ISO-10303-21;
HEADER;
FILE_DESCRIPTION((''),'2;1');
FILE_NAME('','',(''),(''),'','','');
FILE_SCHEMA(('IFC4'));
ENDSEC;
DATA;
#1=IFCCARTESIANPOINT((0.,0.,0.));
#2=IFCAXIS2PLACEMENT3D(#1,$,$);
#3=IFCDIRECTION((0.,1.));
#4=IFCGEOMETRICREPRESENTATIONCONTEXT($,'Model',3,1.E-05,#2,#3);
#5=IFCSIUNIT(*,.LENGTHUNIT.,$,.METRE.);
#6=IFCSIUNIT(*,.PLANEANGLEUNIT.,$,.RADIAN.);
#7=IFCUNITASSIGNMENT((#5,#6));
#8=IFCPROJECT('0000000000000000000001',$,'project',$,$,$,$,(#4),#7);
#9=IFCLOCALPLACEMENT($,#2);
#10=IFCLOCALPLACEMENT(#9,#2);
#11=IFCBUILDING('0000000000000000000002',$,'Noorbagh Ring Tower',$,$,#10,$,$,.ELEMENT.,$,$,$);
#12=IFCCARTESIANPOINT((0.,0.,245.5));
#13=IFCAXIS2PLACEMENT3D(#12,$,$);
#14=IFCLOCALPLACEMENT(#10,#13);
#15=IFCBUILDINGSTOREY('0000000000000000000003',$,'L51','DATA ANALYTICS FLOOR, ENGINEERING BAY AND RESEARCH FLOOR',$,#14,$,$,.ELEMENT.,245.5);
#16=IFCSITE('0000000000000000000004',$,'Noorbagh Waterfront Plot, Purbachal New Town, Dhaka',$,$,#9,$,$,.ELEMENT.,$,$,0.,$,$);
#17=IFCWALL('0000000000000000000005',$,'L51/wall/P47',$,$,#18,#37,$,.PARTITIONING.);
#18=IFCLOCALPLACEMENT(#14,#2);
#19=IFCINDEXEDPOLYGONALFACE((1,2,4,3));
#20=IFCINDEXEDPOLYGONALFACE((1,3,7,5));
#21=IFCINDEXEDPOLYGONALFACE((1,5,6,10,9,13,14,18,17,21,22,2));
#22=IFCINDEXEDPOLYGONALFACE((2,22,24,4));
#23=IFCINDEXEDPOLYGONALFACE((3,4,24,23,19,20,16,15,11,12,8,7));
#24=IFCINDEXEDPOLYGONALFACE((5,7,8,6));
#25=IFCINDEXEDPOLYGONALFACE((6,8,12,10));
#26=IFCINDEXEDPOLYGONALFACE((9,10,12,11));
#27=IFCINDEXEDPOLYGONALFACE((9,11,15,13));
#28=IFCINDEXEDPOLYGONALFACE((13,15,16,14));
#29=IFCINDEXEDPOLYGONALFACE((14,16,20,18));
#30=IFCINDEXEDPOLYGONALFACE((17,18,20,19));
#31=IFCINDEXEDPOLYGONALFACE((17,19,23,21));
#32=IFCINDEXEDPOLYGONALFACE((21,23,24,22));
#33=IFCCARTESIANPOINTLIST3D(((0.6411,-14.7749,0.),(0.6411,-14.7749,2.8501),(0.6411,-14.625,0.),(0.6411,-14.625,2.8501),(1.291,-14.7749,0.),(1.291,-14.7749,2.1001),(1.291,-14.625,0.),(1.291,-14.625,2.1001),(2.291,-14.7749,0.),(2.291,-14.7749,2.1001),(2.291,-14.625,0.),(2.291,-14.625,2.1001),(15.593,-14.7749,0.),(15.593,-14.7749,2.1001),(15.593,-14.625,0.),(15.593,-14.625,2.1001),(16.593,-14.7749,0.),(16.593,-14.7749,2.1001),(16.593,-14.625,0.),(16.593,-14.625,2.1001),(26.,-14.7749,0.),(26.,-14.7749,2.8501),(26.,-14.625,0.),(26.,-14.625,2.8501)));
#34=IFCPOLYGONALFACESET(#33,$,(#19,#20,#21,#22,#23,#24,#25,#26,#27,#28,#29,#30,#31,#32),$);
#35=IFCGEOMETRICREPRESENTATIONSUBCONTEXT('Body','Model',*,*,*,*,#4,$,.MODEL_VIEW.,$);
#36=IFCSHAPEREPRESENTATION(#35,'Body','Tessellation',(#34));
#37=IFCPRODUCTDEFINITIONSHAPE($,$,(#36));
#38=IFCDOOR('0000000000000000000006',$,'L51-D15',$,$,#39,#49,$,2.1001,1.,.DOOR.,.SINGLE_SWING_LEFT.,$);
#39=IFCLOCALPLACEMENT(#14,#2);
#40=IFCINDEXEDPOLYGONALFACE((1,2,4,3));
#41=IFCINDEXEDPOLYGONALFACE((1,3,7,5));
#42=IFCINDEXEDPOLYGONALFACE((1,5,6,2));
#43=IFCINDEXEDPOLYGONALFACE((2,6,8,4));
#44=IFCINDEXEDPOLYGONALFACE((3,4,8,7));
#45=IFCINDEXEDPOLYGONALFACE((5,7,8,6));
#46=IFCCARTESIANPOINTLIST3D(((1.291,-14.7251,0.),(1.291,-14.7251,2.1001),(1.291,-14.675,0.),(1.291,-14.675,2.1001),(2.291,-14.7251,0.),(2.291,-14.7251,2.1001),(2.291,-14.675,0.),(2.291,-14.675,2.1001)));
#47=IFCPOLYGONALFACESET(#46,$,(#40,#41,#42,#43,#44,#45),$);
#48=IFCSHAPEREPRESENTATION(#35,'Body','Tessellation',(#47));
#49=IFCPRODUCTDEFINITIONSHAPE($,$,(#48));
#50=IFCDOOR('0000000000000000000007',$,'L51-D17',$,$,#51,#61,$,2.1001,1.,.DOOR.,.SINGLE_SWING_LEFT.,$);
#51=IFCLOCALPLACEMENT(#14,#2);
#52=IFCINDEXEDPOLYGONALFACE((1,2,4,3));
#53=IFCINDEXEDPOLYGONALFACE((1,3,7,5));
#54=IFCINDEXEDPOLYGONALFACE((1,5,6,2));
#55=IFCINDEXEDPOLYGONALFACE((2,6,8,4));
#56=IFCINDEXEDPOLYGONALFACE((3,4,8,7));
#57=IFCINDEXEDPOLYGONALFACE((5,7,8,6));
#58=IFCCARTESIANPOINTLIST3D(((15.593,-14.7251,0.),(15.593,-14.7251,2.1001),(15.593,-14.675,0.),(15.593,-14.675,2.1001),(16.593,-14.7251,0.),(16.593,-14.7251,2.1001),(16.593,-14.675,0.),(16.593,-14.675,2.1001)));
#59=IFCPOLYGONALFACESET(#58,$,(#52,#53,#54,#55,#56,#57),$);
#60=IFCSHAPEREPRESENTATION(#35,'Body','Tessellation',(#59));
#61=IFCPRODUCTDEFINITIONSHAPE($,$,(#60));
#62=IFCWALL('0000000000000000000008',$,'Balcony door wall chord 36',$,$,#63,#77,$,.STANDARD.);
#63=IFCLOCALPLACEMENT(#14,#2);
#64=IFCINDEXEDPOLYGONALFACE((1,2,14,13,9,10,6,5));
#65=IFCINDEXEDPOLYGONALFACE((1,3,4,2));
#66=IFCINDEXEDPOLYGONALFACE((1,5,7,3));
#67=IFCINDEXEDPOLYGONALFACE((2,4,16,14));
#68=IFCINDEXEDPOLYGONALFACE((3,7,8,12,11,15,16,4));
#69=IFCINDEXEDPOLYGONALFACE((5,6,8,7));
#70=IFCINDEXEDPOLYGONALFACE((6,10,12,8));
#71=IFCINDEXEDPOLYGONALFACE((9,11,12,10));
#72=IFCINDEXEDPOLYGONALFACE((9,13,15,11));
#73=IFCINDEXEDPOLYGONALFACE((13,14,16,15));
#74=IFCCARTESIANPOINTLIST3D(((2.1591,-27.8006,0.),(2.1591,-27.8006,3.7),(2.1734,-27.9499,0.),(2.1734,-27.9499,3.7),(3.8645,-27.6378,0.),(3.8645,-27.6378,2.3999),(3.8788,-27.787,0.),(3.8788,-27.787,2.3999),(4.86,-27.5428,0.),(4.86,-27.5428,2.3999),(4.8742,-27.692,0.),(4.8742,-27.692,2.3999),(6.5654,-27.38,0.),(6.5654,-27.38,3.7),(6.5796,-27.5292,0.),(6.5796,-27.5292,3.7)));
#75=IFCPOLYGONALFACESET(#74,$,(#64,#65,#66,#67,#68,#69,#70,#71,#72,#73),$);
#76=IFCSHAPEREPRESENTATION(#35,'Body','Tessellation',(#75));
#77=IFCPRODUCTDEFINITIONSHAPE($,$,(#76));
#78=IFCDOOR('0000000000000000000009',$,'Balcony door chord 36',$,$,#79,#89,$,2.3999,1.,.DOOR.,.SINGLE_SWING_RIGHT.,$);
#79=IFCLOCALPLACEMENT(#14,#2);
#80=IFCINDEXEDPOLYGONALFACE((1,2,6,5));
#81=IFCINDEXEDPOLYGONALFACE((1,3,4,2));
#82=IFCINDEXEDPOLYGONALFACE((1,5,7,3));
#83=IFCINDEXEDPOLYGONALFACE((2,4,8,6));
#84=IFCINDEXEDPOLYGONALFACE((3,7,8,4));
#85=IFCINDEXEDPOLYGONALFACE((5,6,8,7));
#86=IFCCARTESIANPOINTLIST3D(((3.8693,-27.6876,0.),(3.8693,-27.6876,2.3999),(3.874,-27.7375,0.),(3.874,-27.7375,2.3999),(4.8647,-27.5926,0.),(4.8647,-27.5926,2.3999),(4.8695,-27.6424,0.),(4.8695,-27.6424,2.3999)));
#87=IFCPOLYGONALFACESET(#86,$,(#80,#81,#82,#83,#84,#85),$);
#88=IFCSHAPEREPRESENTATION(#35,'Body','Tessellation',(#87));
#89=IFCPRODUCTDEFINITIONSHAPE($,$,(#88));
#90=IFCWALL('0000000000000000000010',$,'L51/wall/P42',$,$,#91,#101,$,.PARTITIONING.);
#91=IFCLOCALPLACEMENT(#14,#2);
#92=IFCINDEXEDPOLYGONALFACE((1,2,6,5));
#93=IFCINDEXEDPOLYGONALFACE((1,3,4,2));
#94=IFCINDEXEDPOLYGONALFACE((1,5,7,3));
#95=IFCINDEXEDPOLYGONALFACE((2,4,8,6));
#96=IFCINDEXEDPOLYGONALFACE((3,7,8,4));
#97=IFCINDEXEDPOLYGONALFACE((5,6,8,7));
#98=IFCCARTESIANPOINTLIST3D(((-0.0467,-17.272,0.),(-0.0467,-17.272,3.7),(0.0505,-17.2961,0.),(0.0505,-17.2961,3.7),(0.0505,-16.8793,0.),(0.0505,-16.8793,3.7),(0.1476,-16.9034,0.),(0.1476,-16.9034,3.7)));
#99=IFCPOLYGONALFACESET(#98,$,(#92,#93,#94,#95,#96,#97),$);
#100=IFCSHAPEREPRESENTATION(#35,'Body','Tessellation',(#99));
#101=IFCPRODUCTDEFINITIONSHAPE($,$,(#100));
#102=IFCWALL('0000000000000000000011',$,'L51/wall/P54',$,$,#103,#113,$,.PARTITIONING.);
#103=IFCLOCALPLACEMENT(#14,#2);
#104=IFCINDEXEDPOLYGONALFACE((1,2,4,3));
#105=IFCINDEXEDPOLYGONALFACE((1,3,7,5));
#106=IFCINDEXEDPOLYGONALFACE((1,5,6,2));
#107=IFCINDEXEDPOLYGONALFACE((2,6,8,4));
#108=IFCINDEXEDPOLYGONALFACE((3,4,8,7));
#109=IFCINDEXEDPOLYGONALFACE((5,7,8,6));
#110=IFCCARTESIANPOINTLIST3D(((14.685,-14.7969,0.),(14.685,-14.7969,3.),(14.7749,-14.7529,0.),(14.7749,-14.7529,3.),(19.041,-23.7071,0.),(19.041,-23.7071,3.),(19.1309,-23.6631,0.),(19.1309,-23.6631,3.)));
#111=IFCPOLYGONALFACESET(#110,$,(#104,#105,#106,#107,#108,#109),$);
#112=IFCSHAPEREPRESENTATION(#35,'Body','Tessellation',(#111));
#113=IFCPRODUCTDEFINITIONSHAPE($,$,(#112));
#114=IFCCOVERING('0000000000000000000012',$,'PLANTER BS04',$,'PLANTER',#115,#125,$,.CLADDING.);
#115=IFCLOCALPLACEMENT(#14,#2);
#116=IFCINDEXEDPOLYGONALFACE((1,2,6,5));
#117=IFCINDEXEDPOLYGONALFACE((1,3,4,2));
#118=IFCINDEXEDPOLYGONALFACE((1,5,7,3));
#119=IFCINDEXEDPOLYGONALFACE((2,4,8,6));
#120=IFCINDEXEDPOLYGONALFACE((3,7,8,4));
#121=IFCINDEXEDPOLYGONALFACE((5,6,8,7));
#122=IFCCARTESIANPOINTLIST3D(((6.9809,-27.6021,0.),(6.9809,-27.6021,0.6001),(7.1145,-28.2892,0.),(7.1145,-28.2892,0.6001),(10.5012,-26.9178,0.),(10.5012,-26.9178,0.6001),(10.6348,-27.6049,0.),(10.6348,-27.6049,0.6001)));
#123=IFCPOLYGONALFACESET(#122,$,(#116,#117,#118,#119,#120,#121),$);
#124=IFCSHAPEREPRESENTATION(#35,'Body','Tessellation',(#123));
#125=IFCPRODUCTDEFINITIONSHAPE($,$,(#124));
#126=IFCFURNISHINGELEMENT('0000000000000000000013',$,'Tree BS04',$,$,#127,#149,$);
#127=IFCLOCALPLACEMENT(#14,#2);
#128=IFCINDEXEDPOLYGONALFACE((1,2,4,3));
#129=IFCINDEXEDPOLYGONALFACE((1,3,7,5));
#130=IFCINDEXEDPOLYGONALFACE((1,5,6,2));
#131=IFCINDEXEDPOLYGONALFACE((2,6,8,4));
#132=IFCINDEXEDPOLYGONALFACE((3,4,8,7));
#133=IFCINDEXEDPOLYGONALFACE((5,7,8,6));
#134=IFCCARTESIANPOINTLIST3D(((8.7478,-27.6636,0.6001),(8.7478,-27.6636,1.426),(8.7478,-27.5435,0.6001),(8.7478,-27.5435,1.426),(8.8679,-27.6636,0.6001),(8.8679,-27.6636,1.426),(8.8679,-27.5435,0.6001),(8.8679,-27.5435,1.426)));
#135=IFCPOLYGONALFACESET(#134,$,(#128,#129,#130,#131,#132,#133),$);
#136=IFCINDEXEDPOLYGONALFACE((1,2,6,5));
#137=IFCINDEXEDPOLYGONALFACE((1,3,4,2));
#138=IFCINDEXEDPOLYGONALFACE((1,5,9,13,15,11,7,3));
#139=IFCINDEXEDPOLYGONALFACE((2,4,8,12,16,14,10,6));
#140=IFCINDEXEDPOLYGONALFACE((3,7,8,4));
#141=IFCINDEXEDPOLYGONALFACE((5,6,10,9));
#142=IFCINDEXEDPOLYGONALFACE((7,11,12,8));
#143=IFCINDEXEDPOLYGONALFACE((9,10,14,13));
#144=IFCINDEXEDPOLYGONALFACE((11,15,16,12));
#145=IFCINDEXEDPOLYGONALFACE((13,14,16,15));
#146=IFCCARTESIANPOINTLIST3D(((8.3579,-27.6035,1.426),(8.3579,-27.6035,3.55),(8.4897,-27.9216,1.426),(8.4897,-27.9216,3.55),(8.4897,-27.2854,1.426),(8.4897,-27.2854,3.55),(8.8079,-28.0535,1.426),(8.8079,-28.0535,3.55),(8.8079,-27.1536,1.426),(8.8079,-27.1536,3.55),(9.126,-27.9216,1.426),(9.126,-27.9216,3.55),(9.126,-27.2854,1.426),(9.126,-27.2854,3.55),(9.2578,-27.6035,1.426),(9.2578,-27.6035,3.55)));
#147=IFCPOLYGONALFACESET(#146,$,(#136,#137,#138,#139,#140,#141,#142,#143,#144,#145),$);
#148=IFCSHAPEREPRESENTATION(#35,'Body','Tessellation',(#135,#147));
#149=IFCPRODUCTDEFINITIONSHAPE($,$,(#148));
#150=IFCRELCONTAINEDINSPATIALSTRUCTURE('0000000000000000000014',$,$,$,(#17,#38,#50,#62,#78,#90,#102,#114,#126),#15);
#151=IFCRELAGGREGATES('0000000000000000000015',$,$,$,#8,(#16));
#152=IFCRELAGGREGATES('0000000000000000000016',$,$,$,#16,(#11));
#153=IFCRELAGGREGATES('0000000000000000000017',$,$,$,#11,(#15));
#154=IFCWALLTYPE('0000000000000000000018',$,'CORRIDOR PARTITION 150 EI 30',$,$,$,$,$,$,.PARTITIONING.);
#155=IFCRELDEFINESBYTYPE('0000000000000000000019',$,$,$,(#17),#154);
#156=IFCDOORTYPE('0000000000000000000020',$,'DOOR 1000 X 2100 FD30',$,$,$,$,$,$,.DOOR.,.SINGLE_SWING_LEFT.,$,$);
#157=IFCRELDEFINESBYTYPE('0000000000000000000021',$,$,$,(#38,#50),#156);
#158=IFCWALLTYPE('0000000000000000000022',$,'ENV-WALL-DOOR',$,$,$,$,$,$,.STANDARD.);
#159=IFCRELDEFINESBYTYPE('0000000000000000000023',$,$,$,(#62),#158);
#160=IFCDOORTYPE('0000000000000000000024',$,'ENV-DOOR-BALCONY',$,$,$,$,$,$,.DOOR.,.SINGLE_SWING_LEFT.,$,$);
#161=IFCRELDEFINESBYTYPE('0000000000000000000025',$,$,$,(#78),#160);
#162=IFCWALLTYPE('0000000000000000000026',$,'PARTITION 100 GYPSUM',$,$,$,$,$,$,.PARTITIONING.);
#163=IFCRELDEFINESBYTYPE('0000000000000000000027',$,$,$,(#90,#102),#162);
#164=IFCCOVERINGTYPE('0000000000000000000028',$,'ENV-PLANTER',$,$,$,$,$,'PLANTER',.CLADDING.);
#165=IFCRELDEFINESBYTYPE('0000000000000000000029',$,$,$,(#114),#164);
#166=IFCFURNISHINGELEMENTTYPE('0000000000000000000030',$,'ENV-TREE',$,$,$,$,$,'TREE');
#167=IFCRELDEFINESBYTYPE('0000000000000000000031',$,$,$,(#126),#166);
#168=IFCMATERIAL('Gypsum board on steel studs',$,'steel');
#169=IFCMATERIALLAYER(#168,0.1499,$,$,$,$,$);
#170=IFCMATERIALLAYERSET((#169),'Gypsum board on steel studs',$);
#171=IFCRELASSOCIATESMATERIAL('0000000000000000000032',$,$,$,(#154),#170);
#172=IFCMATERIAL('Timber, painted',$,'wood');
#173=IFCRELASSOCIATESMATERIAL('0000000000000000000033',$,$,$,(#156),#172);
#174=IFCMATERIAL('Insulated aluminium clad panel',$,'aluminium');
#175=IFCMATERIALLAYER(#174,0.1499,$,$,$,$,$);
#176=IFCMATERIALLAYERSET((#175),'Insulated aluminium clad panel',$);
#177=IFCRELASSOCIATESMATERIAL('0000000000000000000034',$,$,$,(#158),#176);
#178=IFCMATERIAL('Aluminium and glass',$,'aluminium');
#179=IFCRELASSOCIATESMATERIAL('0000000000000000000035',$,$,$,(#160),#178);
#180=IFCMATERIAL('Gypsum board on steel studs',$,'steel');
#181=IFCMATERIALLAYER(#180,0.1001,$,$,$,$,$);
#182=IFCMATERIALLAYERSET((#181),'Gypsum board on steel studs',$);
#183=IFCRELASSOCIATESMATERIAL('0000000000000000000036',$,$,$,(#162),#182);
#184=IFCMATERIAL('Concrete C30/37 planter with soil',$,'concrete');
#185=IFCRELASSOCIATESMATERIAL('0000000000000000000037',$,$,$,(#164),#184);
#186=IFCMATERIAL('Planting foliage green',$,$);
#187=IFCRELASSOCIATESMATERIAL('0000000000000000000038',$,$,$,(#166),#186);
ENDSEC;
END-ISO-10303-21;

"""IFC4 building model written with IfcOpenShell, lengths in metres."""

from ifc_helpers import new_model, si_unit, direction, frame, frame_2d, origin, origin_2d, place, context, subcontext, project, spatial, polyline, rectangle, outline, extrude, material, layer, layer_set, type_object, element, fill, save


model = new_model("IFC4")

# Units and contexts
model_context = context("Model", 3, precision=1e-05, world=origin(), true_north=direction((0.0, 1.0)))
body_context = subcontext(model_context, "Body", "Model", "MODEL_VIEW")
ifc_project = project(units=[si_unit("LENGTHUNIT", "METRE"), si_unit("PLANEANGLEUNIT", "RADIAN")], contexts=[model_context])

# Site, building, storey
site_placement = place(None, origin())
site = spatial("IfcSite", under=ifc_project, at=site_placement, Name="Noorbagh Waterfront Plot, Purbachal New Town, Dhaka", CompositionType="ELEMENT", RefElevation=0.0)
building_placement = place(site_placement, origin())
building = spatial("IfcBuilding", under=site, at=building_placement, Name="Noorbagh Ring Tower", CompositionType="ELEMENT")
storey_placement = place(building_placement, frame((0.0, 0.0, 245.5)))
storey = spatial("IfcBuildingStorey", under=building, at=storey_placement, Name="L51", Description="DATA ANALYTICS FLOOR, ENGINEERING BAY AND RESEARCH FLOOR", CompositionType="ELEMENT", Elevation=245.5)

# Shared definitions
ifc_material_1 = material(Name="Gypsum board on steel studs", Category="steel")
ifc_layer_1 = layer(ifc_material_1, 0.1499)
ifc_layer_set_1 = layer_set([ifc_layer_1], Name="Gypsum board on steel studs")
wall_type_1 = type_object("IfcWallType", Name="CORRIDOR PARTITION 150 EI 30", PredefinedType="PARTITIONING", material=ifc_layer_set_1)

# Wall, openings, doors
wall_1_placement = place(storey_placement, frame((0.6411, -14.7, 0.0), z_axis=(0.0, 0.0, 1.0), x_axis=(1.0, 0.0, 0.0)))
wall_1 = element("IfcWall", 1, at=wall_1_placement, inside=storey, type_object=wall_type_1, Name="L51/wall/P47", PredefinedType="PARTITIONING", context=body_context, shape_type="SweptSolid", body=[
    extrude(rectangle(XDim=25.3589, YDim=0.1499, at=frame_2d((12.6794, 0.0))), origin(), (0.0, 0.0, 1.0), 2.8501),
])
opening_1_placement = place(wall_1_placement, frame((0.6499, 0.0, 0.0)))
opening_1 = element("IfcOpeningElement", 2, at=opening_1_placement, cuts=wall_1, PredefinedType="OPENING", context=body_context, shape_type="SweptSolid", body=[
    extrude(rectangle(XDim=1.0, YDim=2.1001, at=frame_2d((0.5, 1.05))), frame((0.0, 0.085, 0.0), z_axis=(0.0, -1.0, 0.0), x_axis=(1.0, 0.0, 0.0)), (0.0, 0.0, 1.0), 0.1699),
])
opening_2_placement = place(wall_1_placement, frame((14.9519, 0.0, 0.0)))
opening_2 = element("IfcOpeningElement", 3, at=opening_2_placement, cuts=wall_1, PredefinedType="OPENING", context=body_context, shape_type="SweptSolid", body=[
    extrude(rectangle(XDim=1.0, YDim=2.1001, at=frame_2d((0.5, 1.05))), frame((0.0, 0.085, 0.0), z_axis=(0.0, -1.0, 0.0), x_axis=(1.0, 0.0, 0.0)), (0.0, 0.0, 1.0), 0.1699),
])
ifc_material_2 = material(Name="Timber, painted", Category="wood")
door_type_1 = type_object("IfcDoorType", Name="DOOR 1000 X 2100 FD30", OperationType="SINGLE_SWING_LEFT", PredefinedType="DOOR", material=ifc_material_2)
door_1_placement = place(opening_1_placement, origin())
door_1 = element("IfcDoor", 4, at=door_1_placement, inside=storey, type_object=door_type_1, Name="L51-D15", OperationType="SINGLE_SWING_LEFT", OverallHeight=2.1001, OverallWidth=1.0, PredefinedType="DOOR", context=body_context, shape_type="SweptSolid", body=[
    extrude(rectangle(XDim=1.0, YDim=2.1001, at=frame_2d((0.5, 1.05))), frame((0.0, 0.0249, 0.0), z_axis=(0.0, -1.0, 0.0), x_axis=(1.0, 0.0, 0.0)), (0.0, 0.0, 1.0), 0.05),
])
fill(opening_1, door_1)
door_2_placement = place(opening_2_placement, origin())
door_2 = element("IfcDoor", 5, at=door_2_placement, inside=storey, type_object=door_type_1, Name="L51-D17", OperationType="SINGLE_SWING_LEFT", OverallHeight=2.1001, OverallWidth=1.0, PredefinedType="DOOR", context=body_context, shape_type="SweptSolid", body=[
    extrude(rectangle(XDim=1.0, YDim=2.1001, at=frame_2d((0.5, 1.05))), frame((0.0, 0.0249, 0.0), z_axis=(0.0, -1.0, 0.0), x_axis=(1.0, 0.0, 0.0)), (0.0, 0.0, 1.0), 0.05),
])
fill(opening_2, door_2)

# Wall, opening, door
ifc_material_3 = material(Name="Insulated aluminium clad panel", Category="aluminium")
ifc_layer_2 = layer(ifc_material_3, 0.1499)
ifc_layer_set_2 = layer_set([ifc_layer_2], Name="Insulated aluminium clad panel")
wall_type_2 = type_object("IfcWallType", Name="ENV-WALL-DOOR", PredefinedType="STANDARD", material=ifc_layer_set_2)
wall_2_placement = place(storey_placement, frame((2.1663, -27.8752, 0.0), z_axis=(0.0, 0.0, 1.0), x_axis=(0.995474, 0.095036, 0.0)))
wall_2 = element("IfcWall", 6, at=wall_2_placement, inside=storey, type_object=wall_type_2, Name="Balcony door wall chord 36", PredefinedType="STANDARD", context=body_context, shape_type="SweptSolid", body=[
    extrude(rectangle(XDim=4.4263, YDim=0.1499, at=frame_2d((2.2131, 0.0))), origin(), (0.0, 0.0, 1.0), 3.7),
])
opening_3_placement = place(wall_2_placement, frame((1.7131, 0.0, 0.0)))
opening_3 = element("IfcOpeningElement", 7, at=opening_3_placement, cuts=wall_2, PredefinedType="OPENING", context=body_context, shape_type="SweptSolid", body=[
    extrude(rectangle(XDim=1.0, YDim=2.3999, at=frame_2d((0.5, 1.2))), frame((0.0, 0.085, 0.0), z_axis=(0.0, -1.0, 0.0), x_axis=(1.0, 0.0, 0.0)), (0.0, 0.0, 1.0), 0.1699),
])
ifc_material_4 = material(Name="Aluminium and glass", Category="aluminium")
door_type_2 = type_object("IfcDoorType", Name="ENV-DOOR-BALCONY", OperationType="SINGLE_SWING_LEFT", PredefinedType="DOOR", material=ifc_material_4)
door_3_placement = place(opening_3_placement, origin())
door_3 = element("IfcDoor", 8, at=door_3_placement, inside=storey, type_object=door_type_2, Name="Balcony door chord 36", OperationType="SINGLE_SWING_RIGHT", OverallHeight=2.3999, OverallWidth=1.0, PredefinedType="DOOR", context=body_context, shape_type="SweptSolid", body=[
    extrude(rectangle(XDim=1.0, YDim=2.3999, at=frame_2d((0.5, 1.2))), frame((0.0, 0.0249, 0.0), z_axis=(0.0, -1.0, 0.0), x_axis=(1.0, 0.0, 0.0)), (0.0, 0.0, 1.0), 0.05),
])
fill(opening_3, door_3)

# Walls
ifc_material_5 = material(Name="Gypsum board on steel studs", Category="steel")
ifc_layer_3 = layer(ifc_material_5, 0.1001)
ifc_layer_set_3 = layer_set([ifc_layer_3], Name="Gypsum board on steel studs")
wall_type_3 = type_object("IfcWallType", Name="PARTITION 100 GYPSUM", PredefinedType="PARTITIONING", material=ifc_layer_set_3)
wall_3_placement = place(storey_placement, frame((0.002, -17.2839, 0.0), z_axis=(0.0, 0.0, 1.0), x_axis=(0.240122, 0.970743, 0.0)))
element("IfcWall", 9, at=wall_3_placement, inside=storey, type_object=wall_type_3, Name="L51/wall/P42", PredefinedType="PARTITIONING", context=body_context, shape_type="SweptSolid", body=[
    extrude(rectangle(XDim=0.4045, YDim=0.1001, at=frame_2d((0.2021, 0.0))), origin(), (0.0, 0.0, 1.0), 3.7),
])
wall_4_placement = place(storey_placement, frame((14.73, -14.7749, 0.0), z_axis=(0.0, 0.0, 1.0), x_axis=(0.4392, -0.898389, 0.0)))
element("IfcWall", 10, at=wall_4_placement, inside=storey, type_object=wall_type_3, Name="L51/wall/P54", PredefinedType="PARTITIONING", context=body_context, shape_type="SweptSolid", body=[
    extrude(rectangle(XDim=9.918, YDim=0.1001, at=frame_2d((4.959, 0.0))), origin(), (0.0, 0.0, 1.0), 3.0),
])

# Covering
ifc_material_6 = material(Name="Concrete C30/37 planter with soil", Category="concrete")
covering_type = type_object("IfcCoveringType", Name="ENV-PLANTER", ElementType="PLANTER", PredefinedType="CLADDING", material=ifc_material_6)
covering_placement = place(storey_placement, frame((8.8079, -27.6035, 0.0), z_axis=(0.0, 0.0, 1.0), x_axis=(0.981625, 0.19082, 0.0)))
element("IfcCovering", 11, at=covering_placement, inside=storey, type_object=covering_type, Name="PLANTER BS04", ObjectType="PLANTER", PredefinedType="CLADDING", context=body_context, shape_type="SweptSolid", body=[
    extrude(rectangle(XDim=3.5862, YDim=0.7, at=origin_2d()), origin(), (0.0, 0.0, 1.0), 0.6001),
])

# Furnishing element
ifc_material_7 = material(Name="Planting foliage green")
furnishing_element_type = type_object("IfcFurnishingElementType", Name="ENV-TREE", ElementType="TREE", material=ifc_material_7)
furnishing_placement = place(storey_placement, frame((8.8079, -27.6035, 0.6001), z_axis=(0.0, 0.0, 1.0), x_axis=(1.0, 0.0, 0.0)))
element("IfcFurnishingElement", 12, at=furnishing_placement, inside=storey, type_object=furnishing_element_type, Name="Tree BS04", context=body_context, shape_type="SweptSolid", body=[
    extrude(rectangle(XDim=0.1201, YDim=0.1201, at=origin_2d()), origin(), (0.0, 0.0, 1.0), 0.8259),
    extrude(outline(polyline([(0.45, 0.0), (0.3181, 0.3181), (0.0, 0.45), (-0.3181, 0.3181), (-0.45, 0.0), (-0.3181, -0.3181), (0.0, -0.45), (0.3181, -0.3181), (0.45, 0.0)])), frame((0.0, 0.0, 0.8259)), (0.0, 0.0, 1.0), 2.124),
])

save(model, "model.ifc")
